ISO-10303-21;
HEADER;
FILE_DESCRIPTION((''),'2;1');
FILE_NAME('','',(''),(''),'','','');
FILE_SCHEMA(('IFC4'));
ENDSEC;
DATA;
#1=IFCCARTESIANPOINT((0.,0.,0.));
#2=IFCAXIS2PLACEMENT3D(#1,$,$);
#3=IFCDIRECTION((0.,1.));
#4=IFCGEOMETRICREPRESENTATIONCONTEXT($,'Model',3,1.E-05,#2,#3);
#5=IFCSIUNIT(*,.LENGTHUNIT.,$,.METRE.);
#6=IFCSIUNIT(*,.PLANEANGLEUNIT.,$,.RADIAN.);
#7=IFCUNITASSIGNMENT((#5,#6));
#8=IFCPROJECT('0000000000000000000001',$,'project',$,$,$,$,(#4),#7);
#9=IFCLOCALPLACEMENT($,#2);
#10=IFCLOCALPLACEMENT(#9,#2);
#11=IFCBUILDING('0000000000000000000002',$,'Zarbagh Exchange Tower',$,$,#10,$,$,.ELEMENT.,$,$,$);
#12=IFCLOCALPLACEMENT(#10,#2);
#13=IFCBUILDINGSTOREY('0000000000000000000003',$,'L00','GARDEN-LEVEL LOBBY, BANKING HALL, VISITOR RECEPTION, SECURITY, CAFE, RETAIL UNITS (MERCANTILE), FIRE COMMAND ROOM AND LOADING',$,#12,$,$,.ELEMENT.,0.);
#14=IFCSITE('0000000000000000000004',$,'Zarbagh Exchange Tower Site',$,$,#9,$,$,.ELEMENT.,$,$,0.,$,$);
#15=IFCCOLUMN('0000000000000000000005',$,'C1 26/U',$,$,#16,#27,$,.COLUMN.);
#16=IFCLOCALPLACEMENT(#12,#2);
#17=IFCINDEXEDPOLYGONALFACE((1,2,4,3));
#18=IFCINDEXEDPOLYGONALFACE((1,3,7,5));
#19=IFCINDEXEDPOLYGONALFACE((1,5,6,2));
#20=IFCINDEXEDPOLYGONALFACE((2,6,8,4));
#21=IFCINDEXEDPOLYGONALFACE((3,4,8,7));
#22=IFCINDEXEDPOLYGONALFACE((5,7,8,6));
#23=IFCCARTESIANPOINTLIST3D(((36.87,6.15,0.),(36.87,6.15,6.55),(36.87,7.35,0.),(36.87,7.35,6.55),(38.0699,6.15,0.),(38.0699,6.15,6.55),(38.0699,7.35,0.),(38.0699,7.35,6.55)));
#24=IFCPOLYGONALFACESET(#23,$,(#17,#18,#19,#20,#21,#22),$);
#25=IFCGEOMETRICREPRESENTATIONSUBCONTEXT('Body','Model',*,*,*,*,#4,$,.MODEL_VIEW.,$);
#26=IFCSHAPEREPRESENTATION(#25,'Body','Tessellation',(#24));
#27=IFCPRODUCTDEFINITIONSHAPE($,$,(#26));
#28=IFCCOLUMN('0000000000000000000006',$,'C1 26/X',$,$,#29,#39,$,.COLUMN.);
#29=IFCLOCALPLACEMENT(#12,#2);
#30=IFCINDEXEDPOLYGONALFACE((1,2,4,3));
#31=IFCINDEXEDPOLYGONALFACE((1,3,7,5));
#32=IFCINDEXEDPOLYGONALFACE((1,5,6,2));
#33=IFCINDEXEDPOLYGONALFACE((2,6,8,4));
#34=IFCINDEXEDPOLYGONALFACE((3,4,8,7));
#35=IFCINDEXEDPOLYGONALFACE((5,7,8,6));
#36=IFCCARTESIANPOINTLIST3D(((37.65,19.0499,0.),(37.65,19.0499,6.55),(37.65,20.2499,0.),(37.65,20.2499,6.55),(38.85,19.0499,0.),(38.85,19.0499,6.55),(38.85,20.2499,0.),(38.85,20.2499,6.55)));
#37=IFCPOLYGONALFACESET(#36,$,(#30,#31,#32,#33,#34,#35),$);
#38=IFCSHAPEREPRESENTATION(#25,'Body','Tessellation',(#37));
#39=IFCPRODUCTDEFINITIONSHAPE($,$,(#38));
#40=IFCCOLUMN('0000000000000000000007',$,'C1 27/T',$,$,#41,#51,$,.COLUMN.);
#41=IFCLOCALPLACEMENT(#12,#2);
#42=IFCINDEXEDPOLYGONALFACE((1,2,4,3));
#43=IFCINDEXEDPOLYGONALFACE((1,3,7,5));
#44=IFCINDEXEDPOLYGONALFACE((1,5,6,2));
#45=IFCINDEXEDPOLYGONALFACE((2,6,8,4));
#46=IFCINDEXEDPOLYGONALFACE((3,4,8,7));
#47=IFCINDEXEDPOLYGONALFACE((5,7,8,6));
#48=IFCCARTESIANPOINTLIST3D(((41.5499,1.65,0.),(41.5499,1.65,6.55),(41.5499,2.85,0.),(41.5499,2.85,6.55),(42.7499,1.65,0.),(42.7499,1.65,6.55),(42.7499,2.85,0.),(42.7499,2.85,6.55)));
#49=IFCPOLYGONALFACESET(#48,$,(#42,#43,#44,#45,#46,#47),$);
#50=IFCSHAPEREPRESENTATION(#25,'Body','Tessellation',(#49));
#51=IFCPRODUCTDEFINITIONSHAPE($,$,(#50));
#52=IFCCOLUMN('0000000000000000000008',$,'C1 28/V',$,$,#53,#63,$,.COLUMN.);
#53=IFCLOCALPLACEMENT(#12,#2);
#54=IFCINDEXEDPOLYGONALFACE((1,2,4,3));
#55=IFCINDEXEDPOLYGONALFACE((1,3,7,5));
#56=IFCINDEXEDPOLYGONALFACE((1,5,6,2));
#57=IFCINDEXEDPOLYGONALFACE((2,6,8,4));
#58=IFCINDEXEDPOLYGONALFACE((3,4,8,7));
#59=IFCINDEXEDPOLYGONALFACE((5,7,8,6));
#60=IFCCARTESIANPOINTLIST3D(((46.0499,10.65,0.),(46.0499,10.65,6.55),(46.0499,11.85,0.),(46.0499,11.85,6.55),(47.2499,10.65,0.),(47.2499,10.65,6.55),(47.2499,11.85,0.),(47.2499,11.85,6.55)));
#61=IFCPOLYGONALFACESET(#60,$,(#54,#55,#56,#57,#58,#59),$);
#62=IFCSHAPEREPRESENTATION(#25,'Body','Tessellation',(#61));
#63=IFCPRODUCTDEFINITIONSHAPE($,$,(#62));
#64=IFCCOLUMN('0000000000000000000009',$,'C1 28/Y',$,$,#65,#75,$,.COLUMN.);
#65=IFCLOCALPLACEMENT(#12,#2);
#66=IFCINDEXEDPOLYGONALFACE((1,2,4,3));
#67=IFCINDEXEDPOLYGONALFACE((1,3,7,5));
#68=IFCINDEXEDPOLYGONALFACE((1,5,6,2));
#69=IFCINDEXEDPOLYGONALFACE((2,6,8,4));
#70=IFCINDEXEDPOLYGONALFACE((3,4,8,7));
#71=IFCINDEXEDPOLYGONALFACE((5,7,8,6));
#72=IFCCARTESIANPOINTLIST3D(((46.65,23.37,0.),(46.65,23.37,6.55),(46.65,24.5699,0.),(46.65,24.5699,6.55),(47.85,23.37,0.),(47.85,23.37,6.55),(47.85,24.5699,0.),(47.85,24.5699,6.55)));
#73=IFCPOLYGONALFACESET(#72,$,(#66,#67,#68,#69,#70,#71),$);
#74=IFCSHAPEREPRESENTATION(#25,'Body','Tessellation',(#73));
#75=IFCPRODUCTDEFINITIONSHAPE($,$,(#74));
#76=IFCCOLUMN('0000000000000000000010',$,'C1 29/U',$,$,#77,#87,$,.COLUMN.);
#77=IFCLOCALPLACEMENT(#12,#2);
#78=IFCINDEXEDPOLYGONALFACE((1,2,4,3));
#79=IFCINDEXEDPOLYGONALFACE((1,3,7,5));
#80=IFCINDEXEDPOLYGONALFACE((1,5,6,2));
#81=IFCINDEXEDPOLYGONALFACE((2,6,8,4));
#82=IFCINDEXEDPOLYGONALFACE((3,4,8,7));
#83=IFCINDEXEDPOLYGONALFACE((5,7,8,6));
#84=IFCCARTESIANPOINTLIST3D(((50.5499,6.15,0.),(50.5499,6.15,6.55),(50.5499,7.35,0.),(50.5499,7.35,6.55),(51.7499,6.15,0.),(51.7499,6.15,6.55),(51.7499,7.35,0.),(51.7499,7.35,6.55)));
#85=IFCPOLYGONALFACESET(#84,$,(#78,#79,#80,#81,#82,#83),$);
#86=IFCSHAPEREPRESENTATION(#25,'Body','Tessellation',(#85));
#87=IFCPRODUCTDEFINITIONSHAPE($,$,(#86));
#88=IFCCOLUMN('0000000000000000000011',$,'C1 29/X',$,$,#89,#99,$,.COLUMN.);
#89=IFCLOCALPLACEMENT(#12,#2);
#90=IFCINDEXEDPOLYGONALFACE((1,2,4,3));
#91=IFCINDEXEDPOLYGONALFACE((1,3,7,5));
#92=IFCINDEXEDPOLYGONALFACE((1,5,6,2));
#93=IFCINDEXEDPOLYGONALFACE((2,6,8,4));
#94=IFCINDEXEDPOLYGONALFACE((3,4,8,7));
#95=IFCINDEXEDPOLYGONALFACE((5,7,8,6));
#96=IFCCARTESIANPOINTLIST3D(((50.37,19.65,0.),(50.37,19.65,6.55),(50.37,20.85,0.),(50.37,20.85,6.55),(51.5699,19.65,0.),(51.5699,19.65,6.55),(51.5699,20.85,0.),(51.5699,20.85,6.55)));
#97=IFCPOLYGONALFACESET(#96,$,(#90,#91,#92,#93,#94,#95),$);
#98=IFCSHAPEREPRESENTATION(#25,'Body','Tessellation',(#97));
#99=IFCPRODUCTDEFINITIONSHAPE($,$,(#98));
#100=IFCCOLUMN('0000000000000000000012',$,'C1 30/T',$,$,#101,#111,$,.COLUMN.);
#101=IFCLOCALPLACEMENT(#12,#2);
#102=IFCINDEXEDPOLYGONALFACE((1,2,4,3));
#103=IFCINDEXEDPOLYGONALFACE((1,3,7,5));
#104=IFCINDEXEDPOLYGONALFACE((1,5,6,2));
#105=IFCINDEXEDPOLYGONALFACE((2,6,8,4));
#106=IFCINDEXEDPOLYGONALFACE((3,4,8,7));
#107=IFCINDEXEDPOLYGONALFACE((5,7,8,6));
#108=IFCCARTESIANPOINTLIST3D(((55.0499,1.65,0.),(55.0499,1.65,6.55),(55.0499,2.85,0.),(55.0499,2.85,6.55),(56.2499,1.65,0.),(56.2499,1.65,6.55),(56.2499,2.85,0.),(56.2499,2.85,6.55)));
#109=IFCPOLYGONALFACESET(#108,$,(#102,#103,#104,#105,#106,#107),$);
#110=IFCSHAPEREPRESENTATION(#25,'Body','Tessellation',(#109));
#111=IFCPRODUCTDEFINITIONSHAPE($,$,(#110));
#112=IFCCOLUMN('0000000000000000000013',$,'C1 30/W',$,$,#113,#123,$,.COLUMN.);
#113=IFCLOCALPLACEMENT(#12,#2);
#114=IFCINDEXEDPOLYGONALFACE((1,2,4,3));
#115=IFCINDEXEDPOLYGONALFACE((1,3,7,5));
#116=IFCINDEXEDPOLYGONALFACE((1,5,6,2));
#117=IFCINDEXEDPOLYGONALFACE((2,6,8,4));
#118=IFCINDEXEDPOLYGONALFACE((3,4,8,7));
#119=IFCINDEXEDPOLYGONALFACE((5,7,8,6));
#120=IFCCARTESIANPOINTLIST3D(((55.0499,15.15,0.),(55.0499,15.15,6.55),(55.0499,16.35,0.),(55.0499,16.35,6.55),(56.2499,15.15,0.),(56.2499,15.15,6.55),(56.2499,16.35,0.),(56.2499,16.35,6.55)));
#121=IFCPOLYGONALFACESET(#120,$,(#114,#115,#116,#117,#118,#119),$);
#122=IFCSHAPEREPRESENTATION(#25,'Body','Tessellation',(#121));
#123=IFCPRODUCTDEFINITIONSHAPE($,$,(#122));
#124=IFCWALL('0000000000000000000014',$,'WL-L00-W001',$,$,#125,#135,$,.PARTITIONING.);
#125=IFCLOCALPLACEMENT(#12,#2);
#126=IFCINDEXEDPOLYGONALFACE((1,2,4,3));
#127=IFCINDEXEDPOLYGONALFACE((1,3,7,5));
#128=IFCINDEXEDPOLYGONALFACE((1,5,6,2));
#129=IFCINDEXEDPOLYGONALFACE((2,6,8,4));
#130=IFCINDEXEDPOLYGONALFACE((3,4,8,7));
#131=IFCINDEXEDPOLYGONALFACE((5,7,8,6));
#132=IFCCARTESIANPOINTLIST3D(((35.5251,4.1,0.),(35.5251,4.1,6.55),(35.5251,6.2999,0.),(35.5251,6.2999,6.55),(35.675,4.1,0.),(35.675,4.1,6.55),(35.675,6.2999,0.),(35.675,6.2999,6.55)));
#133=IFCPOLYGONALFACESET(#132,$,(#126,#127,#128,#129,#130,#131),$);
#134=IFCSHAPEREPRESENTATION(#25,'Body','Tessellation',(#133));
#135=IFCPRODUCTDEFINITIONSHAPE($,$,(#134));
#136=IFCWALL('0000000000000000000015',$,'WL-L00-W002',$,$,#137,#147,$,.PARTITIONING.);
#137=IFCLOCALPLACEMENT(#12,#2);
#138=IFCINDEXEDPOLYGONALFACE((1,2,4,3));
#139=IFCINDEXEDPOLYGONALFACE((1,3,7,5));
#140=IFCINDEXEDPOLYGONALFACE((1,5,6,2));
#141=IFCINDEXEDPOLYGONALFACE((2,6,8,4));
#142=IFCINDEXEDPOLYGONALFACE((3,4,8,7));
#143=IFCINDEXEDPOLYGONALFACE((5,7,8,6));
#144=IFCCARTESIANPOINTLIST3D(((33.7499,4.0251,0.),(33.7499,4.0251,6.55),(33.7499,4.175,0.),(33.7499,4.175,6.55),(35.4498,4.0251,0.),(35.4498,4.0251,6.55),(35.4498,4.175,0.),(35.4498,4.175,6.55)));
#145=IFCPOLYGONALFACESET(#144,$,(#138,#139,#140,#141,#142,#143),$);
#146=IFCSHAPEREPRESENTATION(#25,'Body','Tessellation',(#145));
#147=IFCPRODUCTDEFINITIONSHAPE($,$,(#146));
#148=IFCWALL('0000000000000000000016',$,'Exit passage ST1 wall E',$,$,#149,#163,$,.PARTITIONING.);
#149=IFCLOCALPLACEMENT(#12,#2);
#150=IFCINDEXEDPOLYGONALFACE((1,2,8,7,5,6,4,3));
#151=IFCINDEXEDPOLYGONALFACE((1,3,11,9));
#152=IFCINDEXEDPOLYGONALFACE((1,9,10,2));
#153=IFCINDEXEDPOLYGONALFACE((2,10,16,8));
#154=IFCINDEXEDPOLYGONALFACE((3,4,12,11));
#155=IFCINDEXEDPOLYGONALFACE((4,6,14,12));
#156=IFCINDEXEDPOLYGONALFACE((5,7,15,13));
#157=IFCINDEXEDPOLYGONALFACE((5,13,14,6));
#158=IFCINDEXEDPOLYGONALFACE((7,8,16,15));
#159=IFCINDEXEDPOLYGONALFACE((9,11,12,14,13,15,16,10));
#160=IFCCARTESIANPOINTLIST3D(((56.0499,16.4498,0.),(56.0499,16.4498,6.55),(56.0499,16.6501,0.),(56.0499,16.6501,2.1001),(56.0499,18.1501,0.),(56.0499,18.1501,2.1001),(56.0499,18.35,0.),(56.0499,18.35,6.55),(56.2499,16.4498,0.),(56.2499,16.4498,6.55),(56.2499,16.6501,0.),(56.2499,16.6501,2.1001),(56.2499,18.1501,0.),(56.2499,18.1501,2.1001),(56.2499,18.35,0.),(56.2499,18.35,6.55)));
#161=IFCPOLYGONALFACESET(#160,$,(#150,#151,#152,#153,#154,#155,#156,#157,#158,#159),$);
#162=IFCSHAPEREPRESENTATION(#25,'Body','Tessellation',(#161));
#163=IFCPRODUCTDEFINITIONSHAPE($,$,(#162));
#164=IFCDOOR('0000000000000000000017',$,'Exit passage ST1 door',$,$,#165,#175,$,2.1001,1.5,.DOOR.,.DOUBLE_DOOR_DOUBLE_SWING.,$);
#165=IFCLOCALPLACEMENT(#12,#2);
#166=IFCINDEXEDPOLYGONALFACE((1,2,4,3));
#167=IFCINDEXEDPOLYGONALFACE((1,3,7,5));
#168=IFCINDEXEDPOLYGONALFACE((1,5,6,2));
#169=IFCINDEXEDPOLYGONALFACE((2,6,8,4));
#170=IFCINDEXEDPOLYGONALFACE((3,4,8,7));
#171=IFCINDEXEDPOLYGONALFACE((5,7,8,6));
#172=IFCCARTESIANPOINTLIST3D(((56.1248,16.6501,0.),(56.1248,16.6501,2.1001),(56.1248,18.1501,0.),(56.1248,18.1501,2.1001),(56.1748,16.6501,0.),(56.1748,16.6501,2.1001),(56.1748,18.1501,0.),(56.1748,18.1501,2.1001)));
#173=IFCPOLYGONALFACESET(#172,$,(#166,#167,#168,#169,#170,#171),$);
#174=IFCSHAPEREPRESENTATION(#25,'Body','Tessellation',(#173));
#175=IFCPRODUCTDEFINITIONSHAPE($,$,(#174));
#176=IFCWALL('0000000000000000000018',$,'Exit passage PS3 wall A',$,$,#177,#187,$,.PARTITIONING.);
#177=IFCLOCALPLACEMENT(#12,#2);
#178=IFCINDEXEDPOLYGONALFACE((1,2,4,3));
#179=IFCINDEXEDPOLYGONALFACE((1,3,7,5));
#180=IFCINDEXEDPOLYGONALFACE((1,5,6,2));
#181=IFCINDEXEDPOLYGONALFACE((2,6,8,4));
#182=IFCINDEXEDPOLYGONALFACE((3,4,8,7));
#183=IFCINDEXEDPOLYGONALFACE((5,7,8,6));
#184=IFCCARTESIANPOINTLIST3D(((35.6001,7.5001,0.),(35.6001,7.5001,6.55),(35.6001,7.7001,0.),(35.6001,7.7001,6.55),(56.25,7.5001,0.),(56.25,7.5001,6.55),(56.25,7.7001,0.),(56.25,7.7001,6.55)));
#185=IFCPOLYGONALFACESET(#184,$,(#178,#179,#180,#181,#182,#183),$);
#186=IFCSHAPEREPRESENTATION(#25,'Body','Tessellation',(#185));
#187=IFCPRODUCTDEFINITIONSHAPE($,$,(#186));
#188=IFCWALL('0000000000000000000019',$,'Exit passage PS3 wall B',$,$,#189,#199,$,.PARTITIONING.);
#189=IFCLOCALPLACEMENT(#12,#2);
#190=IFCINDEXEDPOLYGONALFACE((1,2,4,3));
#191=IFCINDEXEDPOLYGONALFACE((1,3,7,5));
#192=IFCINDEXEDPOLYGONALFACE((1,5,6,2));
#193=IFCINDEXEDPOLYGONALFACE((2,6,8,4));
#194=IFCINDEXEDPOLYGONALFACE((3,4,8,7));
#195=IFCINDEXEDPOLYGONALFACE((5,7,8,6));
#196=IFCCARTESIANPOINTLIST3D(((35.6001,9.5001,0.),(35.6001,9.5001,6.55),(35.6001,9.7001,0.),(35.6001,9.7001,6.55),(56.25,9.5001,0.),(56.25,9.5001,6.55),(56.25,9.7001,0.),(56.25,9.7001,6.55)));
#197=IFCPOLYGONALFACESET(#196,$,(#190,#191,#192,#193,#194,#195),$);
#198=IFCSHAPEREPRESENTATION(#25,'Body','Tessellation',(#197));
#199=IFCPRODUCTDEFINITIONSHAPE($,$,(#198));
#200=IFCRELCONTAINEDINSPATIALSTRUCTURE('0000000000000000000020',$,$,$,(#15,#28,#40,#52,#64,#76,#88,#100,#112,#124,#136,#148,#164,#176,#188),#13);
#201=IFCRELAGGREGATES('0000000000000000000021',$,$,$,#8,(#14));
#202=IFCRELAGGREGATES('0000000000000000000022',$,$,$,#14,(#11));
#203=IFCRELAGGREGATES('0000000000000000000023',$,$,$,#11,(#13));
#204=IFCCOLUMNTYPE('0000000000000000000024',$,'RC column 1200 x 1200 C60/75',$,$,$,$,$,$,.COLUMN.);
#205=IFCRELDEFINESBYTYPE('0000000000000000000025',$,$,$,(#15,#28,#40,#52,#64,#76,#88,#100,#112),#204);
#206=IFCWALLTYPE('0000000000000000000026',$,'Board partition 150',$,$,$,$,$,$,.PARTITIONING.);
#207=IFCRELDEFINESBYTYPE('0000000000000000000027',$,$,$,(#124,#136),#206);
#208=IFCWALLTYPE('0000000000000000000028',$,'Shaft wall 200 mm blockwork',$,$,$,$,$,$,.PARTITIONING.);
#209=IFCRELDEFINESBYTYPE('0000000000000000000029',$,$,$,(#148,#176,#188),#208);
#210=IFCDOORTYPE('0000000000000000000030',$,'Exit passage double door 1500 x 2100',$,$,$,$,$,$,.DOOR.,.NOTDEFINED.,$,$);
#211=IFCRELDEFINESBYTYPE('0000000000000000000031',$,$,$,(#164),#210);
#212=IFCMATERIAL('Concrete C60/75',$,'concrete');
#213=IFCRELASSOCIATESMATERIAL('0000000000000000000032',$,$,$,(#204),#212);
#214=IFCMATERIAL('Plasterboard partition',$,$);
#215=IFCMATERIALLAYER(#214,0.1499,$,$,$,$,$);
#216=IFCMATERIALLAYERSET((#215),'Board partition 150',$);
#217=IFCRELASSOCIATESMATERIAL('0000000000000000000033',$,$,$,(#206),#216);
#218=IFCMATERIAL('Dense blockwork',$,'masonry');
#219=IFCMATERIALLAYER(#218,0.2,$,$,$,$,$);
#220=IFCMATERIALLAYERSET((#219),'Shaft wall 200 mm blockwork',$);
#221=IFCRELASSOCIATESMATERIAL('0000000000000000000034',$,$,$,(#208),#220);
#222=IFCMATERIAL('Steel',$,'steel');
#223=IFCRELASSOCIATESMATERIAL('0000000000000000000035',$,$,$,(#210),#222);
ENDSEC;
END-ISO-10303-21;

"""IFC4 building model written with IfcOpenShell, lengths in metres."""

from ifc_helpers import new_model, si_unit, direction, frame, frame_2d, origin, origin_2d, place, context, subcontext, project, spatial, rectangle, extrude, material, layer, layer_set, material_profile, profile_set, type_object, element, fill, save


model = new_model("IFC4")

# Units and contexts
model_context = context("Model", 3, precision=1e-05, world=origin(), true_north=direction((0.0, 1.0)))
body_context = subcontext(model_context, "Body", "Model", "MODEL_VIEW")
ifc_project = project(units=[si_unit("LENGTHUNIT", "METRE"), si_unit("PLANEANGLEUNIT", "RADIAN")], contexts=[model_context])

# Site, building, storey
site_placement = place(None, origin())
site = spatial("IfcSite", under=ifc_project, at=site_placement, Name="Zarbagh Exchange Tower Site", CompositionType="ELEMENT", RefElevation=0.0)
building_placement = place(site_placement, origin())
building = spatial("IfcBuilding", under=site, at=building_placement, Name="Zarbagh Exchange Tower", CompositionType="ELEMENT")
storey_placement = place(building_placement, origin())
storey = spatial("IfcBuildingStorey", under=building, at=storey_placement, Name="L00", Description="GARDEN-LEVEL LOBBY, BANKING HALL, VISITOR RECEPTION, SECURITY, CAFE, RETAIL UNITS (MERCANTILE), FIRE COMMAND ROOM AND LOADING", CompositionType="ELEMENT", Elevation=0.0)

# Columns
ifc_material_1 = material(Name="Concrete C60/75", Category="concrete")
ifc_material_profile = material_profile(ifc_material_1, rectangle(XDim=1.2, YDim=1.2, at=origin_2d()), Name="RC column 1200 x 1200 C60/75")
ifc_profile_set = profile_set([ifc_material_profile], Name="Concrete C60/75")
column_type = type_object("IfcColumnType", Name="RC column 1200 x 1200 C60/75", PredefinedType="COLUMN", material=ifc_profile_set)
for number, where, z_axis, x_axis, name in (
    (1, (37.47, 6.75, 0.0), (0.0, 0.0, 1.0), (1.0, 0.0, 0.0), "C1 26/U"),
    (2, (38.25, 19.6499, 0.0), (0.0, 0.0, 1.0), (1.0, 0.0, 0.0), "C1 26/X"),
    (3, (42.1499, 2.25, 0.0), (0.0, 0.0, 1.0), (1.0, 0.0, 0.0), "C1 27/T"),
    (4, (46.6499, 11.25, 0.0), (0.0, 0.0, 1.0), (1.0, 0.0, 0.0), "C1 28/V"),
    (5, (47.25, 23.97, 0.0), (0.0, 0.0, 1.0), (1.0, 0.0, 0.0), "C1 28/Y"),
    (6, (51.1499, 6.75, 0.0), (0.0, 0.0, 1.0), (1.0, 0.0, 0.0), "C1 29/U"),
    (7, (50.97, 20.25, 0.0), (0.0, 0.0, 1.0), (1.0, 0.0, 0.0), "C1 29/X"),
    (8, (55.6499, 2.25, 0.0), (0.0, 0.0, 1.0), (1.0, 0.0, 0.0), "C1 30/T"),
    (9, (55.6499, 15.75, 0.0), (0.0, 0.0, 1.0), (1.0, 0.0, 0.0), "C1 30/W"),
):
    element("IfcColumn", number, at=place(storey_placement, frame(where, z_axis=z_axis, x_axis=x_axis)), inside=storey, type_object=column_type, Name=name, PredefinedType="COLUMN", context=body_context, shape_type="SweptSolid", body=[
        extrude(rectangle(XDim=1.2, YDim=1.2, at=origin_2d()), origin(), (0.0, 0.0, 1.0), 6.55),
    ])

# Walls
ifc_material_2 = material(Name="Plasterboard partition")
ifc_layer_1 = layer(ifc_material_2, 0.1499)
ifc_layer_set_1 = layer_set([ifc_layer_1], Name="Board partition 150")
wall_type_1 = type_object("IfcWallType", Name="Board partition 150", PredefinedType="PARTITIONING", material=ifc_layer_set_1)
wall_1_placement = place(storey_placement, frame((35.6001, 6.3, 0.0), z_axis=(0.0, 0.0, 1.0), x_axis=(0.0, -1.0, 0.0)))
element("IfcWall", 10, at=wall_1_placement, inside=storey, type_object=wall_type_1, Name="WL-L00-W001", PredefinedType="PARTITIONING", context=body_context, shape_type="SweptSolid", body=[
    extrude(rectangle(XDim=2.2, YDim=0.1499, at=frame_2d((1.1001, 0.0))), origin(), (0.0, 0.0, 1.0), 6.55),
])
wall_2_placement = place(storey_placement, frame((35.45, 4.1001, 0.0), z_axis=(0.0, 0.0, 1.0), x_axis=(-1.0, 0.0, 0.0)))
element("IfcWall", 11, at=wall_2_placement, inside=storey, type_object=wall_type_1, Name="WL-L00-W002", PredefinedType="PARTITIONING", context=body_context, shape_type="SweptSolid", body=[
    extrude(rectangle(XDim=1.7, YDim=0.1499, at=frame_2d((0.8501, 0.0))), origin(), (0.0, 0.0, 1.0), 6.55),
])

# Wall, opening, door
ifc_material_3 = material(Name="Dense blockwork", Category="masonry")
ifc_layer_2 = layer(ifc_material_3, 0.2)
ifc_layer_set_2 = layer_set([ifc_layer_2], Name="Shaft wall 200 mm blockwork")
wall_type_2 = type_object("IfcWallType", Name="Shaft wall 200 mm blockwork", PredefinedType="PARTITIONING", material=ifc_layer_set_2)
wall_3_placement = place(storey_placement, frame((56.1499, 18.3501, 0.0), z_axis=(0.0, 0.0, 1.0), x_axis=(0.0, -1.0, 0.0)))
wall_3 = element("IfcWall", 12, at=wall_3_placement, inside=storey, type_object=wall_type_2, Name="Exit passage ST1 wall E", PredefinedType="PARTITIONING", context=body_context, shape_type="SweptSolid", body=[
    extrude(rectangle(XDim=1.9001, YDim=0.2, at=frame_2d((0.9502, 0.0))), origin(), (0.0, 0.0, 1.0), 6.55),
])
opening_1_placement = place(wall_3_placement, frame((0.2, 0.0, 0.0)))
opening_1 = element("IfcOpeningElement", 13, at=opening_1_placement, cuts=wall_3, PredefinedType="OPENING", context=body_context, shape_type="SweptSolid", body=[
    extrude(rectangle(XDim=1.5, YDim=2.1001, at=frame_2d((0.75, 1.05))), frame((0.0, 0.1099, 0.0), z_axis=(0.0, -1.0, 0.0), x_axis=(1.0, 0.0, 0.0)), (0.0, 0.0, 1.0), 0.22),
])
ifc_material_4 = material(Name="Steel", Category="steel")
door_type_1 = type_object("IfcDoorType", Name="Exit passage double door 1500 x 2100", OperationType="NOTDEFINED", PredefinedType="DOOR", material=ifc_material_4)
door_1_placement = place(opening_1_placement, origin())
door_1 = element("IfcDoor", 14, at=door_1_placement, inside=storey, type_object=door_type_1, Name="Exit passage ST1 door", OperationType="DOUBLE_DOOR_DOUBLE_SWING", OverallHeight=2.1001, OverallWidth=1.5, PredefinedType="DOOR", context=body_context, shape_type="SweptSolid", body=[
    extrude(rectangle(XDim=1.5, YDim=2.1001, at=frame_2d((0.75, 1.05))), frame((0.0, 0.0249, 0.0), z_axis=(0.0, -1.0, 0.0), x_axis=(1.0, 0.0, 0.0)), (0.0, 0.0, 1.0), 0.05),
])
fill(opening_1, door_1)

# Walls
for number, where, z_axis, x_axis, name in (
    (15, (35.6001, 7.6001, 0.0), (0.0, 0.0, 1.0), (1.0, 0.0, 0.0), "Exit passage PS3 wall A"),
    (16, (35.6001, 9.6001, 0.0), (0.0, 0.0, 1.0), (1.0, 0.0, 0.0), "Exit passage PS3 wall B"),
):
    element("IfcWall", number, at=place(storey_placement, frame(where, z_axis=z_axis, x_axis=x_axis)), inside=storey, type_object=wall_type_2, Name=name, PredefinedType="PARTITIONING", context=body_context, shape_type="SweptSolid", body=[
        extrude(rectangle(XDim=20.6499, YDim=0.2, at=frame_2d((10.325, 0.0))), origin(), (0.0, 0.0, 1.0), 6.55),
    ])

save(model, "model.ifc")
